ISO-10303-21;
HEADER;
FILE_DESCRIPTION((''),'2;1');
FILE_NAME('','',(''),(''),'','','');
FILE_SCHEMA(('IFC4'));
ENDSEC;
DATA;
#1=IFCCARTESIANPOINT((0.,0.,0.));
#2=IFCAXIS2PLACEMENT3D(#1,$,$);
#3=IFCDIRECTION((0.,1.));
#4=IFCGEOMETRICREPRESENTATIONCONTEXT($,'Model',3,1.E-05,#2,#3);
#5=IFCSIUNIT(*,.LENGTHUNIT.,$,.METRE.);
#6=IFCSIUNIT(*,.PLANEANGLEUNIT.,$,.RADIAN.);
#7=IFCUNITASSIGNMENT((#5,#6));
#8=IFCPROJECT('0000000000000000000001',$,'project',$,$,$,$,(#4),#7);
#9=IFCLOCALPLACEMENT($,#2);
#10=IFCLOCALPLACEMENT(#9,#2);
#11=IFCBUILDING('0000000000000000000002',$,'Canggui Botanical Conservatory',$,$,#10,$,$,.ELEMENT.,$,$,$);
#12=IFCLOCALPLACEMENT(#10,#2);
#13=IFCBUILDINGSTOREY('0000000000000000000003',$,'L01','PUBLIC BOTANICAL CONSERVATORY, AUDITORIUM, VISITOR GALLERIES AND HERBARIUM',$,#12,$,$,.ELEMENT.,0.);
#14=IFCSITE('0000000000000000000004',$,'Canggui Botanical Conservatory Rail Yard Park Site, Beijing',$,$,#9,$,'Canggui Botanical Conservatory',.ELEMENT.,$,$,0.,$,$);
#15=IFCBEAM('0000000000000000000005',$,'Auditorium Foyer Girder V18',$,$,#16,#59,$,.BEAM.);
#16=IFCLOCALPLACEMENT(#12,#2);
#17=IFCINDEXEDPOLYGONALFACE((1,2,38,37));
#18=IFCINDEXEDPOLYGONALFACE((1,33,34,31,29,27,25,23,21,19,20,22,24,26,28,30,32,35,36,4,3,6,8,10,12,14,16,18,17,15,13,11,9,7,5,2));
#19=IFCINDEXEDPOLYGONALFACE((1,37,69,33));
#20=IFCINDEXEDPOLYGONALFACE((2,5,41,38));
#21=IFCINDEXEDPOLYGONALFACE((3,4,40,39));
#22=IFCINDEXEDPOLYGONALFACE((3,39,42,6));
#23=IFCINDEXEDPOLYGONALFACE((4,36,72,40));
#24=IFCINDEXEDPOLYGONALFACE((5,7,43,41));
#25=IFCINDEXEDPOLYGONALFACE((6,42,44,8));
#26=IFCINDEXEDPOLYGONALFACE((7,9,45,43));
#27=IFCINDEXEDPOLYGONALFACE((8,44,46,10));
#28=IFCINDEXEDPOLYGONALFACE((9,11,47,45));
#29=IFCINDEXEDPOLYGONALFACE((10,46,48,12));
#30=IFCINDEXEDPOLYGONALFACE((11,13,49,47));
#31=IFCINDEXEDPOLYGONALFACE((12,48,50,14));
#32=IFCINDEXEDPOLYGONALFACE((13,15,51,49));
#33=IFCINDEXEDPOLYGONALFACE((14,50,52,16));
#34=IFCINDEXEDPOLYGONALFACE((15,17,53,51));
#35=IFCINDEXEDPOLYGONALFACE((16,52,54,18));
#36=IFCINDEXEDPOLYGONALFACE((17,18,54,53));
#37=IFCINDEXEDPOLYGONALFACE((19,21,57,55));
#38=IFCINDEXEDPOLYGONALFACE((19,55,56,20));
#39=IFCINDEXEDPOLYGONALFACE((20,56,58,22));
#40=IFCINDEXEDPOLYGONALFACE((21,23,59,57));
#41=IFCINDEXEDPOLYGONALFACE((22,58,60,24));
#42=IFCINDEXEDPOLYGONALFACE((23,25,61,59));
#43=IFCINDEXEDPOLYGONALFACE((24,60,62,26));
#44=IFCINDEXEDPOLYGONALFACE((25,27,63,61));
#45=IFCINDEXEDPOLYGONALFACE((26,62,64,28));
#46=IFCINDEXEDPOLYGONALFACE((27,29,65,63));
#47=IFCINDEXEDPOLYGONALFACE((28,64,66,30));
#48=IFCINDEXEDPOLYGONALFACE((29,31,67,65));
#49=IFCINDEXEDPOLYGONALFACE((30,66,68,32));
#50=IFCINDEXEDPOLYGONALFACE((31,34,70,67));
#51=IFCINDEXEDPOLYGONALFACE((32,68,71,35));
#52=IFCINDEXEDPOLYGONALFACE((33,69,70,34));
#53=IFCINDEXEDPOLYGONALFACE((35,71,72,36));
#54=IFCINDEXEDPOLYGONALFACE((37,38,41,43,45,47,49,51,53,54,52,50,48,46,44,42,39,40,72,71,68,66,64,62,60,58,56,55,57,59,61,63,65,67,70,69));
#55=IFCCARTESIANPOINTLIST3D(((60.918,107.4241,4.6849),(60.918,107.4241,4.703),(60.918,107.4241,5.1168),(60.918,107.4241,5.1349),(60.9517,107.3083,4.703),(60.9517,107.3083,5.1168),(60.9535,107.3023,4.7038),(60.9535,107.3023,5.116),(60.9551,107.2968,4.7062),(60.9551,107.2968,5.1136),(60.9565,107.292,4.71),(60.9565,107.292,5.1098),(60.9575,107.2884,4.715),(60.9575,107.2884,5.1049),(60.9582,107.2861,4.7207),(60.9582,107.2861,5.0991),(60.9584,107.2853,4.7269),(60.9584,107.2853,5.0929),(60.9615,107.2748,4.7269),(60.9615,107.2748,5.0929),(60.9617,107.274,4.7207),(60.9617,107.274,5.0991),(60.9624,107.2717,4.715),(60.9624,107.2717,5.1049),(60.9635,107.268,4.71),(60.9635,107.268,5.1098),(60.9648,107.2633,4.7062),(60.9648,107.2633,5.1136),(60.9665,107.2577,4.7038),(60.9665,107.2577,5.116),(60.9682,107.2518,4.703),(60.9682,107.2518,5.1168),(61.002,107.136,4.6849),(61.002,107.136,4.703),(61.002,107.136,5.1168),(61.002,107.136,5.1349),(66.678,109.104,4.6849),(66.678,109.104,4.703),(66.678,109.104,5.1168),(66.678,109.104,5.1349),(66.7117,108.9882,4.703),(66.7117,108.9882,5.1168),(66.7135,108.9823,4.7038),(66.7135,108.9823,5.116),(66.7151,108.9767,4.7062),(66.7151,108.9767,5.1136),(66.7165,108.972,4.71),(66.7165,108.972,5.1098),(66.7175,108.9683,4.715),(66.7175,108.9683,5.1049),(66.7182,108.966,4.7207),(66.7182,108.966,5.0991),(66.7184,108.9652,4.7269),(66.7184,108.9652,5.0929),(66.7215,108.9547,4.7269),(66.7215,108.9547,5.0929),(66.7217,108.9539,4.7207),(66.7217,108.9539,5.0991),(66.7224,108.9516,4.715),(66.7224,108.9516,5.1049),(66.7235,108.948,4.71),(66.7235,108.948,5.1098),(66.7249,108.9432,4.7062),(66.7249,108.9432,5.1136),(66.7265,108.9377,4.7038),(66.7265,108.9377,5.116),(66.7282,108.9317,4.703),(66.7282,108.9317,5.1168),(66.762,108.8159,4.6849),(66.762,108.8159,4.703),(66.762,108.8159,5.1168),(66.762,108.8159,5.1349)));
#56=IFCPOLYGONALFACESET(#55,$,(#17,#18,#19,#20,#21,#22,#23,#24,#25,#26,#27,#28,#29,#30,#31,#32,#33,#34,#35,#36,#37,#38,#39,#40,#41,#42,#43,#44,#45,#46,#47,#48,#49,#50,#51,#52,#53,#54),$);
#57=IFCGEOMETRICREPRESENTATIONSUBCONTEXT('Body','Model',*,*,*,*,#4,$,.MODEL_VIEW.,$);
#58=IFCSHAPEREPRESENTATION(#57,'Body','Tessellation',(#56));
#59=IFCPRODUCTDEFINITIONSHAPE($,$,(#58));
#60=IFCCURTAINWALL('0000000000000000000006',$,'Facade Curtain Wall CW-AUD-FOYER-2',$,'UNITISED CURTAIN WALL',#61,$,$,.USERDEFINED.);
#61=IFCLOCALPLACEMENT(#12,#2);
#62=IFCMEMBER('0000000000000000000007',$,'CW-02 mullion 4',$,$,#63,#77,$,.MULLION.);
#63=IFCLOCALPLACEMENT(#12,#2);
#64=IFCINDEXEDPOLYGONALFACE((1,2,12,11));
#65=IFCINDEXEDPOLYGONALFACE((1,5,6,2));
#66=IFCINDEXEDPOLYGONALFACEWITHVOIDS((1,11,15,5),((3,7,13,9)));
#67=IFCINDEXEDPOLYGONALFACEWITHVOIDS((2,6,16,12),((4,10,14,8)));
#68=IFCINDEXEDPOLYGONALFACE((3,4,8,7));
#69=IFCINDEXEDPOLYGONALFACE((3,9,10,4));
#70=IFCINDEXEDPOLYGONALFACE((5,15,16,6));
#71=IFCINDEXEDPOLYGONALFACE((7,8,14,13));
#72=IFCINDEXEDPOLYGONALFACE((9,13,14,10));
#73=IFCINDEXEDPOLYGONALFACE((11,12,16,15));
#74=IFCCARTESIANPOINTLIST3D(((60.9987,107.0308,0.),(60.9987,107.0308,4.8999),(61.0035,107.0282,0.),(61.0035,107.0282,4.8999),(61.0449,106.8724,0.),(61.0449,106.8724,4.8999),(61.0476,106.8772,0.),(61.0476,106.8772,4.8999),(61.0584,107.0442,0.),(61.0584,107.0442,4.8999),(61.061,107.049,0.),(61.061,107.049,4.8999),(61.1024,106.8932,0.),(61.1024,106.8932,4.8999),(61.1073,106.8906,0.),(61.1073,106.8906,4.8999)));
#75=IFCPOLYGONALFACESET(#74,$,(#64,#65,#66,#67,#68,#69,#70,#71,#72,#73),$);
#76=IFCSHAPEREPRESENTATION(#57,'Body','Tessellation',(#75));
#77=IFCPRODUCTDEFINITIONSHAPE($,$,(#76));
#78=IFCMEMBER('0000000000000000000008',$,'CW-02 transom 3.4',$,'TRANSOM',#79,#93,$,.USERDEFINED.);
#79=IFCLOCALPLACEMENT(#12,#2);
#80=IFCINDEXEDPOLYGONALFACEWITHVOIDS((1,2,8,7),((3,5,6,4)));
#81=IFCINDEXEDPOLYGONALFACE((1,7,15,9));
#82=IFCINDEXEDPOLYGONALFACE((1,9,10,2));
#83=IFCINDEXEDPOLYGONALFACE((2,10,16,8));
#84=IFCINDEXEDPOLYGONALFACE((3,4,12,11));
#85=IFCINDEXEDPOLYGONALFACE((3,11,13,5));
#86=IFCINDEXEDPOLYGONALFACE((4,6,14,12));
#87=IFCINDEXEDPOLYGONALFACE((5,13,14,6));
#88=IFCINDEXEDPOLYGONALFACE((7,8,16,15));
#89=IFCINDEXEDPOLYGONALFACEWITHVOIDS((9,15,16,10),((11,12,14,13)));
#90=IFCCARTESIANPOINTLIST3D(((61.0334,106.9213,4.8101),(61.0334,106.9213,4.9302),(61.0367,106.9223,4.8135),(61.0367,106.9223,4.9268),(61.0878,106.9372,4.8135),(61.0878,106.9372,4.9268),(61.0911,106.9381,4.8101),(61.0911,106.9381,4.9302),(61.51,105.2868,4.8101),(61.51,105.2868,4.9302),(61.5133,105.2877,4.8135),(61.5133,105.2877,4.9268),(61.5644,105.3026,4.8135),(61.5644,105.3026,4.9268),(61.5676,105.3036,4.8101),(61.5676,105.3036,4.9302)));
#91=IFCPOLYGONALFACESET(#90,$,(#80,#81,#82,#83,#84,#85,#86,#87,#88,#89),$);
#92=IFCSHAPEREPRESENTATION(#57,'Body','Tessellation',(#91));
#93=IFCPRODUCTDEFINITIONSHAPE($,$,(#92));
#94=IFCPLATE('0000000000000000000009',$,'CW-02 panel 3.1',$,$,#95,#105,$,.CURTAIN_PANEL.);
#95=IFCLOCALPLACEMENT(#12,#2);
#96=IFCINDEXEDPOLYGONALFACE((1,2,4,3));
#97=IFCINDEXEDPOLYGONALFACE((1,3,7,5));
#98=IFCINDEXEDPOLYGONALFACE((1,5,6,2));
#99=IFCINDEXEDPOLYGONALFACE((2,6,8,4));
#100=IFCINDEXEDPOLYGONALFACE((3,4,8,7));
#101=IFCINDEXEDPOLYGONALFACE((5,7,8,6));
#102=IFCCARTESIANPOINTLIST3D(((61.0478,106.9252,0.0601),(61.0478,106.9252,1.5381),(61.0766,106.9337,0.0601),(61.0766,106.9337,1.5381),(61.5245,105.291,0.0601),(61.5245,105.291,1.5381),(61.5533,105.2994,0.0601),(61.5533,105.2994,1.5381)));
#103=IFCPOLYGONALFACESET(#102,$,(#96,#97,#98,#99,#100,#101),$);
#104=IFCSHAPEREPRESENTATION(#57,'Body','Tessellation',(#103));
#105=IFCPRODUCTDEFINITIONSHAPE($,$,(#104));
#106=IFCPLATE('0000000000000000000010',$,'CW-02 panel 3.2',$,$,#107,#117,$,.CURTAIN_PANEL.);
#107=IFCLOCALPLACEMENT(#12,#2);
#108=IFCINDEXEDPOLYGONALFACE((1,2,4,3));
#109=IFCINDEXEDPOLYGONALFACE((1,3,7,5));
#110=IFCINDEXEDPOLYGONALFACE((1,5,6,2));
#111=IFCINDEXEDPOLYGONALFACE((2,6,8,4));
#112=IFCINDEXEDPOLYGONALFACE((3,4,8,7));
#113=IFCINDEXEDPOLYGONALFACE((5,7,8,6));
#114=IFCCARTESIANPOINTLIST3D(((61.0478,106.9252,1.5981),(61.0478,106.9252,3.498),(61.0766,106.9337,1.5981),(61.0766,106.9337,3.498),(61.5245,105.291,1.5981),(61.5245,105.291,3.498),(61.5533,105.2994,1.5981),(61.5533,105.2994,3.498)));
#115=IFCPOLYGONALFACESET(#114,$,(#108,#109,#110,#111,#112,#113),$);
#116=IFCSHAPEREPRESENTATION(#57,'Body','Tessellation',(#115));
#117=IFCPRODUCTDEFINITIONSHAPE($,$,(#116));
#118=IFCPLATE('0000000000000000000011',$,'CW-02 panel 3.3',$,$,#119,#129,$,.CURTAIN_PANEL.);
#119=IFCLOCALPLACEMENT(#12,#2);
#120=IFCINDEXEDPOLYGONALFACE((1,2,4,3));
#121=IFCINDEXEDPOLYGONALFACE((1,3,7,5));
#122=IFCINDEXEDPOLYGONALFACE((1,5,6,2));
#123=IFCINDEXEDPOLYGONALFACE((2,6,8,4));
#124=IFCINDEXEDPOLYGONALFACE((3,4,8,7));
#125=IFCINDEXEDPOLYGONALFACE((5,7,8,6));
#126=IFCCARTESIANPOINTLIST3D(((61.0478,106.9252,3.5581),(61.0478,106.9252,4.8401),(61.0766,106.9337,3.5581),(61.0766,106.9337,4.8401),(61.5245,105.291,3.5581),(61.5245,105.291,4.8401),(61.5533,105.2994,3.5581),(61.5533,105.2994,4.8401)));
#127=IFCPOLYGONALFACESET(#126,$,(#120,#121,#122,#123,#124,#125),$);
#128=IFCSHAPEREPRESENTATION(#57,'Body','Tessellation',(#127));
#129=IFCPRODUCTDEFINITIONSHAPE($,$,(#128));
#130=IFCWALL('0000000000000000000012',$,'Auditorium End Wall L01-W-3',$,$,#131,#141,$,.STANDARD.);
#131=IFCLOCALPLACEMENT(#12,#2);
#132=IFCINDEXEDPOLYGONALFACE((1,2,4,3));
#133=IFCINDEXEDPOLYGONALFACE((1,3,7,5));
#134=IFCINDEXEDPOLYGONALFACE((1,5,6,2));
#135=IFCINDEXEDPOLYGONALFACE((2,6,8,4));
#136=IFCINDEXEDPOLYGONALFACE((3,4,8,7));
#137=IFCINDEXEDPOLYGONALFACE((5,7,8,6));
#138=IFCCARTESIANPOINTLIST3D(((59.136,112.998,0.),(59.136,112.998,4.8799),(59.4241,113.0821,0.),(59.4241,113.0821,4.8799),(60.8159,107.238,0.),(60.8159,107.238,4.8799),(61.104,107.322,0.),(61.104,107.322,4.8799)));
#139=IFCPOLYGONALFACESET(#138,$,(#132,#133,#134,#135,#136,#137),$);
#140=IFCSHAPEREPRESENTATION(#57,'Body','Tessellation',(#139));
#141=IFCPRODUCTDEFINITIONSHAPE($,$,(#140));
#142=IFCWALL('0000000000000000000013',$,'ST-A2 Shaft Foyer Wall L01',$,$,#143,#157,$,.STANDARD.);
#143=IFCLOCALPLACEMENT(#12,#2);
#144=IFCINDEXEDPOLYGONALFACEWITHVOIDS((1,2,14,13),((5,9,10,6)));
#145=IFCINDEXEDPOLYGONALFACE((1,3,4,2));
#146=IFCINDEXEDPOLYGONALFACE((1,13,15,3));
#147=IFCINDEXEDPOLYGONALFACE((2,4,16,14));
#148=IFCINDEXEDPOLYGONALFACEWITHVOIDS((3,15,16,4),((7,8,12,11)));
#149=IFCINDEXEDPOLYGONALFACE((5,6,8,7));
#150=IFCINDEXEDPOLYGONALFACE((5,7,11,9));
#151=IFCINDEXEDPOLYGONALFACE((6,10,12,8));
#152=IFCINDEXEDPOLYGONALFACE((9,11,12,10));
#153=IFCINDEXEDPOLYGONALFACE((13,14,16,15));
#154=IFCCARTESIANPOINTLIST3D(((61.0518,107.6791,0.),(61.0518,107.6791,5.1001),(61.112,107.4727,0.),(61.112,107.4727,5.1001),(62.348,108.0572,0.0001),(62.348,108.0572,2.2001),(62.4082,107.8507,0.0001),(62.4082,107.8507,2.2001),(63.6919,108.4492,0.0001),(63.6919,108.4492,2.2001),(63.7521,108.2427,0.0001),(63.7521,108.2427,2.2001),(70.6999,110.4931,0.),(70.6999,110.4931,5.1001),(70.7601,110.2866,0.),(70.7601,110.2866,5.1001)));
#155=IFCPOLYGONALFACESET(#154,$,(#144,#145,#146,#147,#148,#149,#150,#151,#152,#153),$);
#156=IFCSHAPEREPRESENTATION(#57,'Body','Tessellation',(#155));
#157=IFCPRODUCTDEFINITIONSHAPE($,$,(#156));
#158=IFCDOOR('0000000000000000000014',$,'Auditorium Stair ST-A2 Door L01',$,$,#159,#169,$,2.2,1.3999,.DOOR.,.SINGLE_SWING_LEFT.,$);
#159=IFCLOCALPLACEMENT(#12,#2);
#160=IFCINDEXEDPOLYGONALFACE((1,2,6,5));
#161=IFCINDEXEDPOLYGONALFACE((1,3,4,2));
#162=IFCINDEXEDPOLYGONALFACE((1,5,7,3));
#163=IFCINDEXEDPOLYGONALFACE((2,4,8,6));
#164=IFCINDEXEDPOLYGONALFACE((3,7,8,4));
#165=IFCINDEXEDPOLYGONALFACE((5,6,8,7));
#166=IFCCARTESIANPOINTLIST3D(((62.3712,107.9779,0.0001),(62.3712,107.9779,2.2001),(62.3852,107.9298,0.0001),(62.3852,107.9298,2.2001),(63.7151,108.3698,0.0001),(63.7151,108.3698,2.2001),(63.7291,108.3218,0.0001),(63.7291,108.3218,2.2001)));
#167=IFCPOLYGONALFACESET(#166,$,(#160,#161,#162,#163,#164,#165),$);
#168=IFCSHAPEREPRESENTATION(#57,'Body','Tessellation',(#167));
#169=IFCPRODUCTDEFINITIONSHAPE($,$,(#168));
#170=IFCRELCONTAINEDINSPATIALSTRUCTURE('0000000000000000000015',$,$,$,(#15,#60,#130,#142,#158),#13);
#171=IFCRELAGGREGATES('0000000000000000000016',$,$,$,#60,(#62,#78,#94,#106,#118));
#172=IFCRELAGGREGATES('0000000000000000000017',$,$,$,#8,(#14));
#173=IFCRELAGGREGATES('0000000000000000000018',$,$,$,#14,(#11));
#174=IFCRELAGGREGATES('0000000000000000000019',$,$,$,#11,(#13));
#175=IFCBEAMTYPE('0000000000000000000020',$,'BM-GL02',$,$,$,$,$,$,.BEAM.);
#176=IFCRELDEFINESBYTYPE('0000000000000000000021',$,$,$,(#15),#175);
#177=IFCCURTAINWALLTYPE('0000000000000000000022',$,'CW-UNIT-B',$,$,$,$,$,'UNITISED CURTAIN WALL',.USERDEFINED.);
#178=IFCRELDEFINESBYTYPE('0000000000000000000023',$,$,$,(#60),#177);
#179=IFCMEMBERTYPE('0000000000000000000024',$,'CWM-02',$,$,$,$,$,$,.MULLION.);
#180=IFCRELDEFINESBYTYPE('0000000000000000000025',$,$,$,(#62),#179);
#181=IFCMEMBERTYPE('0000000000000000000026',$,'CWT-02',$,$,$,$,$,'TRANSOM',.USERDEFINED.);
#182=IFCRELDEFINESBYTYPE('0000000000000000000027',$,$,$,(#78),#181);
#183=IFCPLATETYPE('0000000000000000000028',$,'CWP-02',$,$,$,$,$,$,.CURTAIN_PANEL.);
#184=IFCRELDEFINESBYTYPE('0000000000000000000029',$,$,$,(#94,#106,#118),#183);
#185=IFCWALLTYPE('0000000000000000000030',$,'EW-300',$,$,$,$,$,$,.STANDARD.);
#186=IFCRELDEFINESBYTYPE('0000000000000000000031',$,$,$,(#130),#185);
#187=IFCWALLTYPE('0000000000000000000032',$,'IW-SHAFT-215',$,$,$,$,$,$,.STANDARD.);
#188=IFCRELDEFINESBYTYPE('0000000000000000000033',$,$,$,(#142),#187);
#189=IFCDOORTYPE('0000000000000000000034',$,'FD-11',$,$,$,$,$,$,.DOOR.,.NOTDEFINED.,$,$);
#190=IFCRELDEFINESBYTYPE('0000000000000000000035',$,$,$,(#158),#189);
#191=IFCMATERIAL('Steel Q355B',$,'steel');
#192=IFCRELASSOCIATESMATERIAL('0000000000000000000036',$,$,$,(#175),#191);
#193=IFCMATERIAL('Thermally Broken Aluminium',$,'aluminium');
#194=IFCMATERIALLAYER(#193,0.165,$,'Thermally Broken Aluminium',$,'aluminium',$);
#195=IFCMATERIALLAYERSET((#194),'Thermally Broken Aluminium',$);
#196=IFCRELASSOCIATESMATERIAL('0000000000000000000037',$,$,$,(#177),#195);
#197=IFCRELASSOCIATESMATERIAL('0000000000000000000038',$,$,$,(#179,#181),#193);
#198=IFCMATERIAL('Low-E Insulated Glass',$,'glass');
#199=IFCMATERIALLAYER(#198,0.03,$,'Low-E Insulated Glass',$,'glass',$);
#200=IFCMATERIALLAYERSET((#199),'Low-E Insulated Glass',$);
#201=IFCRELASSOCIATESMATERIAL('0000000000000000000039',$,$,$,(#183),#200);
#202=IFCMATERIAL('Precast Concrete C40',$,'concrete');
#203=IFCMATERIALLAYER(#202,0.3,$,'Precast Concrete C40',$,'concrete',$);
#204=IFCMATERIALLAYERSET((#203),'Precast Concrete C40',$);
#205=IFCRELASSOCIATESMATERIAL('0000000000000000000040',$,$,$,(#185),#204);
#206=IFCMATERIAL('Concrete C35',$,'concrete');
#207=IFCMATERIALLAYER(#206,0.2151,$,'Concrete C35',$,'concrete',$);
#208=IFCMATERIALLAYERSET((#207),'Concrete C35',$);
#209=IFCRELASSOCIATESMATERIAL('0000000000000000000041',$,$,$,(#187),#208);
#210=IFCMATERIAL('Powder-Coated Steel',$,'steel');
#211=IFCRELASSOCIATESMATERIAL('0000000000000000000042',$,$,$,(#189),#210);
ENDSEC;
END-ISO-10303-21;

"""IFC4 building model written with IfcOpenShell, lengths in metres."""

from ifc_helpers import new_model, si_unit, direction, frame, frame_2d, origin, origin_2d, place, context, subcontext, project, spatial, rectangle, hollow_rectangle, i_section, extrude, material, layer, layer_set, material_profile, profile_set, type_object, element, fill, aggregate, save


model = new_model("IFC4")

# Units and contexts
model_context = context("Model", 3, precision=1e-05, world=origin(), true_north=direction((0.0, 1.0)))
body_context = subcontext(model_context, "Body", "Model", "MODEL_VIEW")
ifc_project = project(units=[si_unit("LENGTHUNIT", "METRE"), si_unit("PLANEANGLEUNIT", "RADIAN")], contexts=[model_context])

# Site, building, storey
site_placement = place(None, origin())
site = spatial("IfcSite", under=ifc_project, at=site_placement, Name="Canggui Botanical Conservatory Rail Yard Park Site, Beijing", LongName="Canggui Botanical Conservatory", CompositionType="ELEMENT", RefElevation=0.0)
building_placement = place(site_placement, origin())
building = spatial("IfcBuilding", under=site, at=building_placement, Name="Canggui Botanical Conservatory", CompositionType="ELEMENT")
storey_placement = place(building_placement, origin())
storey = spatial("IfcBuildingStorey", under=building, at=storey_placement, Name="L01", Description="PUBLIC BOTANICAL CONSERVATORY, AUDITORIUM, VISITOR GALLERIES AND HERBARIUM", CompositionType="ELEMENT", Elevation=0.0)

# Shared definitions
ifc_material_1 = material(Name="Concrete C35", Category="concrete")

# Beam
ifc_material_2 = material(Name="Steel Q355B", Category="steel")
ifc_material_profile_1 = material_profile(ifc_material_2, i_section(OverallWidth=0.3, OverallDepth=0.45, WebThickness=0.011, FlangeThickness=0.0181, FilletRadius=0.0239, at=origin_2d()), Name="HM 450x300x11x18")
ifc_profile_set_1 = profile_set([ifc_material_profile_1], Name="Steel Q355B")
beam_type_1 = type_object("IfcBeamType", Name="BM-GL02", PredefinedType="BEAM", material=ifc_profile_set_1)
beam_1_placement = place(storey_placement, frame((60.96, 107.28, 4.9099), z_axis=(0.960003, 0.279989, 0.0), x_axis=(-0.279989, 0.960003, 0.0)))
element("IfcBeam", 1, at=beam_1_placement, inside=storey, type_object=beam_type_1, Name="Auditorium Foyer Girder V18", PredefinedType="BEAM", context=body_context, shape_type="SweptSolid", body=[
    extrude(i_section(OverallWidth=0.3, OverallDepth=0.45, WebThickness=0.011, FlangeThickness=0.0181, FilletRadius=0.0239, at=origin_2d()), origin(), (0.0, 0.0, 1.0), 6.0),
])

# Curtain wall, members, plates
ifc_material_3 = material(Name="Thermally Broken Aluminium", Category="aluminium")
ifc_layer_1 = layer(ifc_material_3, 0.165, Name="Thermally Broken Aluminium", Category="aluminium")
ifc_layer_set_1 = layer_set([ifc_layer_1], Name="Thermally Broken Aluminium")
curtain_wall_type = type_object("IfcCurtainWallType", Name="CW-UNIT-B", ElementType="UNITISED CURTAIN WALL", PredefinedType="USERDEFINED", material=ifc_layer_set_1)
curtain_wall_placement = place(storey_placement, origin())
curtain_wall = element("IfcCurtainWall", 2, at=curtain_wall_placement, inside=storey, type_object=curtain_wall_type, Name="Facade Curtain Wall CW-AUD-FOYER-2", ObjectType="UNITISED CURTAIN WALL", PredefinedType="USERDEFINED")
ifc_material_profile_2 = material_profile(ifc_material_3, hollow_rectangle(XDim=0.0649, YDim=0.165, WallThickness=0.0039, at=origin_2d()), Name="CWM 65x165x4")
ifc_profile_set_2 = profile_set([ifc_material_profile_2], Name="Thermally Broken Aluminium")
member_type_1 = type_object("IfcMemberType", Name="CWM-02", PredefinedType="MULLION", material=ifc_profile_set_2)
member_1_placement = place(storey_placement, frame((61.053, 106.9607, 0.0), z_axis=(0.0, 0.0, 1.0), x_axis=(-0.96, -0.28, 0.0)))
member_1 = element("IfcMember", 3, at=member_1_placement, type_object=member_type_1, Name="CW-02 mullion 4", PredefinedType="MULLION", context=body_context, shape_type="SweptSolid", body=[
    extrude(hollow_rectangle(XDim=0.0649, YDim=0.165, WallThickness=0.0039, at=origin_2d()), origin(), (0.0, 0.0, 1.0), 4.8999),
])
ifc_material_profile_3 = material_profile(ifc_material_3, hollow_rectangle(XDim=0.0601, YDim=0.1201, WallThickness=0.0034, at=origin_2d()), Name="CWT 60x120x3.5")
ifc_profile_set_3 = profile_set([ifc_material_profile_3], Name="Thermally Broken Aluminium")
member_type_2 = type_object("IfcMemberType", Name="CWT-02", ElementType="TRANSOM", PredefinedType="USERDEFINED", material=ifc_profile_set_3)
member_2_placement = place(storey_placement, frame((61.5388, 105.2952, 4.8701), z_axis=(-0.279906, 0.960027, 0.0), x_axis=(-0.960027, -0.279906, 0.0)))
member_2 = element("IfcMember", 4, at=member_2_placement, type_object=member_type_2, Name="CW-02 transom 3.4", ObjectType="TRANSOM", PredefinedType="USERDEFINED", context=body_context, shape_type="SweptSolid", body=[
    extrude(hollow_rectangle(XDim=0.0601, YDim=0.1201, WallThickness=0.0034, at=origin_2d()), origin(), (0.0, 0.0, 1.0), 1.7026),
])
ifc_material_4 = material(Name="Low-E Insulated Glass", Category="glass")
ifc_layer_2 = layer(ifc_material_4, 0.03, Name="Low-E Insulated Glass", Category="glass")
ifc_layer_set_2 = layer_set([ifc_layer_2], Name="Low-E Insulated Glass")
plate_type = type_object("IfcPlateType", Name="CWP-02", PredefinedType="CURTAIN_PANEL", material=ifc_layer_set_2)
plate_1_placement = place(storey_placement, frame((61.3005, 106.1123, 0.0601), z_axis=(0.0, 0.0, 1.0), x_axis=(-0.28, 0.96, 0.0)))
plate_1 = element("IfcPlate", 5, at=plate_1_placement, type_object=plate_type, Name="CW-02 panel 3.1", PredefinedType="CURTAIN_PANEL", context=body_context, shape_type="SweptSolid", body=[
    extrude(rectangle(XDim=1.7024, YDim=0.03, at=origin_2d()), origin(), (0.0, 0.0, 1.0), 1.478),
])
plate_2_placement = place(storey_placement, frame((61.3005, 106.1123, 1.5981), z_axis=(0.0, 0.0, 1.0), x_axis=(-0.28, 0.96, 0.0)))
plate_2 = element("IfcPlate", 6, at=plate_2_placement, type_object=plate_type, Name="CW-02 panel 3.2", PredefinedType="CURTAIN_PANEL", context=body_context, shape_type="SweptSolid", body=[
    extrude(rectangle(XDim=1.7024, YDim=0.03, at=origin_2d()), origin(), (0.0, 0.0, 1.0), 1.8999),
])
plate_3_placement = place(storey_placement, frame((61.3005, 106.1123, 3.5581), z_axis=(0.0, 0.0, 1.0), x_axis=(-0.28, 0.96, 0.0)))
plate_3 = element("IfcPlate", 7, at=plate_3_placement, type_object=plate_type, Name="CW-02 panel 3.3", PredefinedType="CURTAIN_PANEL", context=body_context, shape_type="SweptSolid", body=[
    extrude(rectangle(XDim=1.7024, YDim=0.03, at=origin_2d()), origin(), (0.0, 0.0, 1.0), 1.282),
])
aggregate(curtain_wall, [member_1, member_2, plate_1, plate_2, plate_3])

# Wall
ifc_material_5 = material(Name="Precast Concrete C40", Category="concrete")
ifc_layer_3 = layer(ifc_material_5, 0.3, Name="Precast Concrete C40", Category="concrete")
ifc_layer_set_3 = layer_set([ifc_layer_3], Name="Precast Concrete C40")
wall_type_1 = type_object("IfcWallType", Name="EW-300", PredefinedType="STANDARD", material=ifc_layer_set_3)
wall_1_placement = place(storey_placement, frame((60.96, 107.28, 0.0), z_axis=(0.0, 0.0, 1.0), x_axis=(-0.279989, 0.960003, 0.0)))
element("IfcWall", 8, at=wall_1_placement, inside=storey, type_object=wall_type_1, Name="Auditorium End Wall L01-W-3", PredefinedType="STANDARD", context=body_context, shape_type="SweptSolid", body=[
    extrude(rectangle(XDim=6.0, YDim=0.3, at=frame_2d((3.0, 0.0))), origin(), (0.0, 0.0, 1.0), 4.8799),
])

# Wall, opening, door
ifc_layer_4 = layer(ifc_material_1, 0.2151, Name="Concrete C35", Category="concrete")
ifc_layer_set_4 = layer_set([ifc_layer_4], Name="Concrete C35")
wall_type_2 = type_object("IfcWallType", Name="IW-SHAFT-215", PredefinedType="STANDARD", material=ifc_layer_set_4)
wall_2_placement = place(storey_placement, frame((61.082, 107.5759, 0.0), z_axis=(0.0, 0.0, 1.0), x_axis=(0.960001, 0.279998, 0.0)))
wall_2 = element("IfcWall", 9, at=wall_2_placement, inside=storey, type_object=wall_type_2, Name="ST-A2 Shaft Foyer Wall L01", PredefinedType="STANDARD", context=body_context, shape_type="SweptSolid", body=[
    extrude(rectangle(XDim=10.05, YDim=0.2151, at=frame_2d((5.0249, 0.0))), origin(), (0.0, 0.0, 1.0), 5.1001),
])
opening_1_placement = place(wall_2_placement, frame((1.3501, 0.0, 0.0)))
opening_1 = element("IfcOpeningElement", 10, at=opening_1_placement, cuts=wall_2, PredefinedType="OPENING", context=body_context, shape_type="SweptSolid", body=[
    extrude(rectangle(XDim=1.3999, YDim=2.2, at=frame_2d((0.7, 1.1001))), frame((0.0, 0.1177, 0.0), z_axis=(0.0, -1.0, 0.0), x_axis=(1.0, 0.0, 0.0)), (0.0, 0.0, 1.0), 0.2351),
])
ifc_material_6 = material(Name="Powder-Coated Steel", Category="steel")
door_type_1 = type_object("IfcDoorType", Name="FD-11", OperationType="NOTDEFINED", PredefinedType="DOOR", material=ifc_material_6)
door_1_placement = place(opening_1_placement, origin())
door_1 = element("IfcDoor", 11, at=door_1_placement, inside=storey, type_object=door_type_1, Name="Auditorium Stair ST-A2 Door L01", OperationType="SINGLE_SWING_LEFT", OverallHeight=2.2, OverallWidth=1.3999, PredefinedType="DOOR", context=body_context, shape_type="SweptSolid", body=[
    extrude(rectangle(XDim=1.3999, YDim=2.2, at=frame_2d((0.7, 1.1001))), frame((0.0, 0.0249, 0.0), z_axis=(0.0, -1.0, 0.0), x_axis=(1.0, 0.0, 0.0)), (0.0, 0.0, 1.0), 0.05),
])
fill(opening_1, door_1)

save(model, "model.ifc")
